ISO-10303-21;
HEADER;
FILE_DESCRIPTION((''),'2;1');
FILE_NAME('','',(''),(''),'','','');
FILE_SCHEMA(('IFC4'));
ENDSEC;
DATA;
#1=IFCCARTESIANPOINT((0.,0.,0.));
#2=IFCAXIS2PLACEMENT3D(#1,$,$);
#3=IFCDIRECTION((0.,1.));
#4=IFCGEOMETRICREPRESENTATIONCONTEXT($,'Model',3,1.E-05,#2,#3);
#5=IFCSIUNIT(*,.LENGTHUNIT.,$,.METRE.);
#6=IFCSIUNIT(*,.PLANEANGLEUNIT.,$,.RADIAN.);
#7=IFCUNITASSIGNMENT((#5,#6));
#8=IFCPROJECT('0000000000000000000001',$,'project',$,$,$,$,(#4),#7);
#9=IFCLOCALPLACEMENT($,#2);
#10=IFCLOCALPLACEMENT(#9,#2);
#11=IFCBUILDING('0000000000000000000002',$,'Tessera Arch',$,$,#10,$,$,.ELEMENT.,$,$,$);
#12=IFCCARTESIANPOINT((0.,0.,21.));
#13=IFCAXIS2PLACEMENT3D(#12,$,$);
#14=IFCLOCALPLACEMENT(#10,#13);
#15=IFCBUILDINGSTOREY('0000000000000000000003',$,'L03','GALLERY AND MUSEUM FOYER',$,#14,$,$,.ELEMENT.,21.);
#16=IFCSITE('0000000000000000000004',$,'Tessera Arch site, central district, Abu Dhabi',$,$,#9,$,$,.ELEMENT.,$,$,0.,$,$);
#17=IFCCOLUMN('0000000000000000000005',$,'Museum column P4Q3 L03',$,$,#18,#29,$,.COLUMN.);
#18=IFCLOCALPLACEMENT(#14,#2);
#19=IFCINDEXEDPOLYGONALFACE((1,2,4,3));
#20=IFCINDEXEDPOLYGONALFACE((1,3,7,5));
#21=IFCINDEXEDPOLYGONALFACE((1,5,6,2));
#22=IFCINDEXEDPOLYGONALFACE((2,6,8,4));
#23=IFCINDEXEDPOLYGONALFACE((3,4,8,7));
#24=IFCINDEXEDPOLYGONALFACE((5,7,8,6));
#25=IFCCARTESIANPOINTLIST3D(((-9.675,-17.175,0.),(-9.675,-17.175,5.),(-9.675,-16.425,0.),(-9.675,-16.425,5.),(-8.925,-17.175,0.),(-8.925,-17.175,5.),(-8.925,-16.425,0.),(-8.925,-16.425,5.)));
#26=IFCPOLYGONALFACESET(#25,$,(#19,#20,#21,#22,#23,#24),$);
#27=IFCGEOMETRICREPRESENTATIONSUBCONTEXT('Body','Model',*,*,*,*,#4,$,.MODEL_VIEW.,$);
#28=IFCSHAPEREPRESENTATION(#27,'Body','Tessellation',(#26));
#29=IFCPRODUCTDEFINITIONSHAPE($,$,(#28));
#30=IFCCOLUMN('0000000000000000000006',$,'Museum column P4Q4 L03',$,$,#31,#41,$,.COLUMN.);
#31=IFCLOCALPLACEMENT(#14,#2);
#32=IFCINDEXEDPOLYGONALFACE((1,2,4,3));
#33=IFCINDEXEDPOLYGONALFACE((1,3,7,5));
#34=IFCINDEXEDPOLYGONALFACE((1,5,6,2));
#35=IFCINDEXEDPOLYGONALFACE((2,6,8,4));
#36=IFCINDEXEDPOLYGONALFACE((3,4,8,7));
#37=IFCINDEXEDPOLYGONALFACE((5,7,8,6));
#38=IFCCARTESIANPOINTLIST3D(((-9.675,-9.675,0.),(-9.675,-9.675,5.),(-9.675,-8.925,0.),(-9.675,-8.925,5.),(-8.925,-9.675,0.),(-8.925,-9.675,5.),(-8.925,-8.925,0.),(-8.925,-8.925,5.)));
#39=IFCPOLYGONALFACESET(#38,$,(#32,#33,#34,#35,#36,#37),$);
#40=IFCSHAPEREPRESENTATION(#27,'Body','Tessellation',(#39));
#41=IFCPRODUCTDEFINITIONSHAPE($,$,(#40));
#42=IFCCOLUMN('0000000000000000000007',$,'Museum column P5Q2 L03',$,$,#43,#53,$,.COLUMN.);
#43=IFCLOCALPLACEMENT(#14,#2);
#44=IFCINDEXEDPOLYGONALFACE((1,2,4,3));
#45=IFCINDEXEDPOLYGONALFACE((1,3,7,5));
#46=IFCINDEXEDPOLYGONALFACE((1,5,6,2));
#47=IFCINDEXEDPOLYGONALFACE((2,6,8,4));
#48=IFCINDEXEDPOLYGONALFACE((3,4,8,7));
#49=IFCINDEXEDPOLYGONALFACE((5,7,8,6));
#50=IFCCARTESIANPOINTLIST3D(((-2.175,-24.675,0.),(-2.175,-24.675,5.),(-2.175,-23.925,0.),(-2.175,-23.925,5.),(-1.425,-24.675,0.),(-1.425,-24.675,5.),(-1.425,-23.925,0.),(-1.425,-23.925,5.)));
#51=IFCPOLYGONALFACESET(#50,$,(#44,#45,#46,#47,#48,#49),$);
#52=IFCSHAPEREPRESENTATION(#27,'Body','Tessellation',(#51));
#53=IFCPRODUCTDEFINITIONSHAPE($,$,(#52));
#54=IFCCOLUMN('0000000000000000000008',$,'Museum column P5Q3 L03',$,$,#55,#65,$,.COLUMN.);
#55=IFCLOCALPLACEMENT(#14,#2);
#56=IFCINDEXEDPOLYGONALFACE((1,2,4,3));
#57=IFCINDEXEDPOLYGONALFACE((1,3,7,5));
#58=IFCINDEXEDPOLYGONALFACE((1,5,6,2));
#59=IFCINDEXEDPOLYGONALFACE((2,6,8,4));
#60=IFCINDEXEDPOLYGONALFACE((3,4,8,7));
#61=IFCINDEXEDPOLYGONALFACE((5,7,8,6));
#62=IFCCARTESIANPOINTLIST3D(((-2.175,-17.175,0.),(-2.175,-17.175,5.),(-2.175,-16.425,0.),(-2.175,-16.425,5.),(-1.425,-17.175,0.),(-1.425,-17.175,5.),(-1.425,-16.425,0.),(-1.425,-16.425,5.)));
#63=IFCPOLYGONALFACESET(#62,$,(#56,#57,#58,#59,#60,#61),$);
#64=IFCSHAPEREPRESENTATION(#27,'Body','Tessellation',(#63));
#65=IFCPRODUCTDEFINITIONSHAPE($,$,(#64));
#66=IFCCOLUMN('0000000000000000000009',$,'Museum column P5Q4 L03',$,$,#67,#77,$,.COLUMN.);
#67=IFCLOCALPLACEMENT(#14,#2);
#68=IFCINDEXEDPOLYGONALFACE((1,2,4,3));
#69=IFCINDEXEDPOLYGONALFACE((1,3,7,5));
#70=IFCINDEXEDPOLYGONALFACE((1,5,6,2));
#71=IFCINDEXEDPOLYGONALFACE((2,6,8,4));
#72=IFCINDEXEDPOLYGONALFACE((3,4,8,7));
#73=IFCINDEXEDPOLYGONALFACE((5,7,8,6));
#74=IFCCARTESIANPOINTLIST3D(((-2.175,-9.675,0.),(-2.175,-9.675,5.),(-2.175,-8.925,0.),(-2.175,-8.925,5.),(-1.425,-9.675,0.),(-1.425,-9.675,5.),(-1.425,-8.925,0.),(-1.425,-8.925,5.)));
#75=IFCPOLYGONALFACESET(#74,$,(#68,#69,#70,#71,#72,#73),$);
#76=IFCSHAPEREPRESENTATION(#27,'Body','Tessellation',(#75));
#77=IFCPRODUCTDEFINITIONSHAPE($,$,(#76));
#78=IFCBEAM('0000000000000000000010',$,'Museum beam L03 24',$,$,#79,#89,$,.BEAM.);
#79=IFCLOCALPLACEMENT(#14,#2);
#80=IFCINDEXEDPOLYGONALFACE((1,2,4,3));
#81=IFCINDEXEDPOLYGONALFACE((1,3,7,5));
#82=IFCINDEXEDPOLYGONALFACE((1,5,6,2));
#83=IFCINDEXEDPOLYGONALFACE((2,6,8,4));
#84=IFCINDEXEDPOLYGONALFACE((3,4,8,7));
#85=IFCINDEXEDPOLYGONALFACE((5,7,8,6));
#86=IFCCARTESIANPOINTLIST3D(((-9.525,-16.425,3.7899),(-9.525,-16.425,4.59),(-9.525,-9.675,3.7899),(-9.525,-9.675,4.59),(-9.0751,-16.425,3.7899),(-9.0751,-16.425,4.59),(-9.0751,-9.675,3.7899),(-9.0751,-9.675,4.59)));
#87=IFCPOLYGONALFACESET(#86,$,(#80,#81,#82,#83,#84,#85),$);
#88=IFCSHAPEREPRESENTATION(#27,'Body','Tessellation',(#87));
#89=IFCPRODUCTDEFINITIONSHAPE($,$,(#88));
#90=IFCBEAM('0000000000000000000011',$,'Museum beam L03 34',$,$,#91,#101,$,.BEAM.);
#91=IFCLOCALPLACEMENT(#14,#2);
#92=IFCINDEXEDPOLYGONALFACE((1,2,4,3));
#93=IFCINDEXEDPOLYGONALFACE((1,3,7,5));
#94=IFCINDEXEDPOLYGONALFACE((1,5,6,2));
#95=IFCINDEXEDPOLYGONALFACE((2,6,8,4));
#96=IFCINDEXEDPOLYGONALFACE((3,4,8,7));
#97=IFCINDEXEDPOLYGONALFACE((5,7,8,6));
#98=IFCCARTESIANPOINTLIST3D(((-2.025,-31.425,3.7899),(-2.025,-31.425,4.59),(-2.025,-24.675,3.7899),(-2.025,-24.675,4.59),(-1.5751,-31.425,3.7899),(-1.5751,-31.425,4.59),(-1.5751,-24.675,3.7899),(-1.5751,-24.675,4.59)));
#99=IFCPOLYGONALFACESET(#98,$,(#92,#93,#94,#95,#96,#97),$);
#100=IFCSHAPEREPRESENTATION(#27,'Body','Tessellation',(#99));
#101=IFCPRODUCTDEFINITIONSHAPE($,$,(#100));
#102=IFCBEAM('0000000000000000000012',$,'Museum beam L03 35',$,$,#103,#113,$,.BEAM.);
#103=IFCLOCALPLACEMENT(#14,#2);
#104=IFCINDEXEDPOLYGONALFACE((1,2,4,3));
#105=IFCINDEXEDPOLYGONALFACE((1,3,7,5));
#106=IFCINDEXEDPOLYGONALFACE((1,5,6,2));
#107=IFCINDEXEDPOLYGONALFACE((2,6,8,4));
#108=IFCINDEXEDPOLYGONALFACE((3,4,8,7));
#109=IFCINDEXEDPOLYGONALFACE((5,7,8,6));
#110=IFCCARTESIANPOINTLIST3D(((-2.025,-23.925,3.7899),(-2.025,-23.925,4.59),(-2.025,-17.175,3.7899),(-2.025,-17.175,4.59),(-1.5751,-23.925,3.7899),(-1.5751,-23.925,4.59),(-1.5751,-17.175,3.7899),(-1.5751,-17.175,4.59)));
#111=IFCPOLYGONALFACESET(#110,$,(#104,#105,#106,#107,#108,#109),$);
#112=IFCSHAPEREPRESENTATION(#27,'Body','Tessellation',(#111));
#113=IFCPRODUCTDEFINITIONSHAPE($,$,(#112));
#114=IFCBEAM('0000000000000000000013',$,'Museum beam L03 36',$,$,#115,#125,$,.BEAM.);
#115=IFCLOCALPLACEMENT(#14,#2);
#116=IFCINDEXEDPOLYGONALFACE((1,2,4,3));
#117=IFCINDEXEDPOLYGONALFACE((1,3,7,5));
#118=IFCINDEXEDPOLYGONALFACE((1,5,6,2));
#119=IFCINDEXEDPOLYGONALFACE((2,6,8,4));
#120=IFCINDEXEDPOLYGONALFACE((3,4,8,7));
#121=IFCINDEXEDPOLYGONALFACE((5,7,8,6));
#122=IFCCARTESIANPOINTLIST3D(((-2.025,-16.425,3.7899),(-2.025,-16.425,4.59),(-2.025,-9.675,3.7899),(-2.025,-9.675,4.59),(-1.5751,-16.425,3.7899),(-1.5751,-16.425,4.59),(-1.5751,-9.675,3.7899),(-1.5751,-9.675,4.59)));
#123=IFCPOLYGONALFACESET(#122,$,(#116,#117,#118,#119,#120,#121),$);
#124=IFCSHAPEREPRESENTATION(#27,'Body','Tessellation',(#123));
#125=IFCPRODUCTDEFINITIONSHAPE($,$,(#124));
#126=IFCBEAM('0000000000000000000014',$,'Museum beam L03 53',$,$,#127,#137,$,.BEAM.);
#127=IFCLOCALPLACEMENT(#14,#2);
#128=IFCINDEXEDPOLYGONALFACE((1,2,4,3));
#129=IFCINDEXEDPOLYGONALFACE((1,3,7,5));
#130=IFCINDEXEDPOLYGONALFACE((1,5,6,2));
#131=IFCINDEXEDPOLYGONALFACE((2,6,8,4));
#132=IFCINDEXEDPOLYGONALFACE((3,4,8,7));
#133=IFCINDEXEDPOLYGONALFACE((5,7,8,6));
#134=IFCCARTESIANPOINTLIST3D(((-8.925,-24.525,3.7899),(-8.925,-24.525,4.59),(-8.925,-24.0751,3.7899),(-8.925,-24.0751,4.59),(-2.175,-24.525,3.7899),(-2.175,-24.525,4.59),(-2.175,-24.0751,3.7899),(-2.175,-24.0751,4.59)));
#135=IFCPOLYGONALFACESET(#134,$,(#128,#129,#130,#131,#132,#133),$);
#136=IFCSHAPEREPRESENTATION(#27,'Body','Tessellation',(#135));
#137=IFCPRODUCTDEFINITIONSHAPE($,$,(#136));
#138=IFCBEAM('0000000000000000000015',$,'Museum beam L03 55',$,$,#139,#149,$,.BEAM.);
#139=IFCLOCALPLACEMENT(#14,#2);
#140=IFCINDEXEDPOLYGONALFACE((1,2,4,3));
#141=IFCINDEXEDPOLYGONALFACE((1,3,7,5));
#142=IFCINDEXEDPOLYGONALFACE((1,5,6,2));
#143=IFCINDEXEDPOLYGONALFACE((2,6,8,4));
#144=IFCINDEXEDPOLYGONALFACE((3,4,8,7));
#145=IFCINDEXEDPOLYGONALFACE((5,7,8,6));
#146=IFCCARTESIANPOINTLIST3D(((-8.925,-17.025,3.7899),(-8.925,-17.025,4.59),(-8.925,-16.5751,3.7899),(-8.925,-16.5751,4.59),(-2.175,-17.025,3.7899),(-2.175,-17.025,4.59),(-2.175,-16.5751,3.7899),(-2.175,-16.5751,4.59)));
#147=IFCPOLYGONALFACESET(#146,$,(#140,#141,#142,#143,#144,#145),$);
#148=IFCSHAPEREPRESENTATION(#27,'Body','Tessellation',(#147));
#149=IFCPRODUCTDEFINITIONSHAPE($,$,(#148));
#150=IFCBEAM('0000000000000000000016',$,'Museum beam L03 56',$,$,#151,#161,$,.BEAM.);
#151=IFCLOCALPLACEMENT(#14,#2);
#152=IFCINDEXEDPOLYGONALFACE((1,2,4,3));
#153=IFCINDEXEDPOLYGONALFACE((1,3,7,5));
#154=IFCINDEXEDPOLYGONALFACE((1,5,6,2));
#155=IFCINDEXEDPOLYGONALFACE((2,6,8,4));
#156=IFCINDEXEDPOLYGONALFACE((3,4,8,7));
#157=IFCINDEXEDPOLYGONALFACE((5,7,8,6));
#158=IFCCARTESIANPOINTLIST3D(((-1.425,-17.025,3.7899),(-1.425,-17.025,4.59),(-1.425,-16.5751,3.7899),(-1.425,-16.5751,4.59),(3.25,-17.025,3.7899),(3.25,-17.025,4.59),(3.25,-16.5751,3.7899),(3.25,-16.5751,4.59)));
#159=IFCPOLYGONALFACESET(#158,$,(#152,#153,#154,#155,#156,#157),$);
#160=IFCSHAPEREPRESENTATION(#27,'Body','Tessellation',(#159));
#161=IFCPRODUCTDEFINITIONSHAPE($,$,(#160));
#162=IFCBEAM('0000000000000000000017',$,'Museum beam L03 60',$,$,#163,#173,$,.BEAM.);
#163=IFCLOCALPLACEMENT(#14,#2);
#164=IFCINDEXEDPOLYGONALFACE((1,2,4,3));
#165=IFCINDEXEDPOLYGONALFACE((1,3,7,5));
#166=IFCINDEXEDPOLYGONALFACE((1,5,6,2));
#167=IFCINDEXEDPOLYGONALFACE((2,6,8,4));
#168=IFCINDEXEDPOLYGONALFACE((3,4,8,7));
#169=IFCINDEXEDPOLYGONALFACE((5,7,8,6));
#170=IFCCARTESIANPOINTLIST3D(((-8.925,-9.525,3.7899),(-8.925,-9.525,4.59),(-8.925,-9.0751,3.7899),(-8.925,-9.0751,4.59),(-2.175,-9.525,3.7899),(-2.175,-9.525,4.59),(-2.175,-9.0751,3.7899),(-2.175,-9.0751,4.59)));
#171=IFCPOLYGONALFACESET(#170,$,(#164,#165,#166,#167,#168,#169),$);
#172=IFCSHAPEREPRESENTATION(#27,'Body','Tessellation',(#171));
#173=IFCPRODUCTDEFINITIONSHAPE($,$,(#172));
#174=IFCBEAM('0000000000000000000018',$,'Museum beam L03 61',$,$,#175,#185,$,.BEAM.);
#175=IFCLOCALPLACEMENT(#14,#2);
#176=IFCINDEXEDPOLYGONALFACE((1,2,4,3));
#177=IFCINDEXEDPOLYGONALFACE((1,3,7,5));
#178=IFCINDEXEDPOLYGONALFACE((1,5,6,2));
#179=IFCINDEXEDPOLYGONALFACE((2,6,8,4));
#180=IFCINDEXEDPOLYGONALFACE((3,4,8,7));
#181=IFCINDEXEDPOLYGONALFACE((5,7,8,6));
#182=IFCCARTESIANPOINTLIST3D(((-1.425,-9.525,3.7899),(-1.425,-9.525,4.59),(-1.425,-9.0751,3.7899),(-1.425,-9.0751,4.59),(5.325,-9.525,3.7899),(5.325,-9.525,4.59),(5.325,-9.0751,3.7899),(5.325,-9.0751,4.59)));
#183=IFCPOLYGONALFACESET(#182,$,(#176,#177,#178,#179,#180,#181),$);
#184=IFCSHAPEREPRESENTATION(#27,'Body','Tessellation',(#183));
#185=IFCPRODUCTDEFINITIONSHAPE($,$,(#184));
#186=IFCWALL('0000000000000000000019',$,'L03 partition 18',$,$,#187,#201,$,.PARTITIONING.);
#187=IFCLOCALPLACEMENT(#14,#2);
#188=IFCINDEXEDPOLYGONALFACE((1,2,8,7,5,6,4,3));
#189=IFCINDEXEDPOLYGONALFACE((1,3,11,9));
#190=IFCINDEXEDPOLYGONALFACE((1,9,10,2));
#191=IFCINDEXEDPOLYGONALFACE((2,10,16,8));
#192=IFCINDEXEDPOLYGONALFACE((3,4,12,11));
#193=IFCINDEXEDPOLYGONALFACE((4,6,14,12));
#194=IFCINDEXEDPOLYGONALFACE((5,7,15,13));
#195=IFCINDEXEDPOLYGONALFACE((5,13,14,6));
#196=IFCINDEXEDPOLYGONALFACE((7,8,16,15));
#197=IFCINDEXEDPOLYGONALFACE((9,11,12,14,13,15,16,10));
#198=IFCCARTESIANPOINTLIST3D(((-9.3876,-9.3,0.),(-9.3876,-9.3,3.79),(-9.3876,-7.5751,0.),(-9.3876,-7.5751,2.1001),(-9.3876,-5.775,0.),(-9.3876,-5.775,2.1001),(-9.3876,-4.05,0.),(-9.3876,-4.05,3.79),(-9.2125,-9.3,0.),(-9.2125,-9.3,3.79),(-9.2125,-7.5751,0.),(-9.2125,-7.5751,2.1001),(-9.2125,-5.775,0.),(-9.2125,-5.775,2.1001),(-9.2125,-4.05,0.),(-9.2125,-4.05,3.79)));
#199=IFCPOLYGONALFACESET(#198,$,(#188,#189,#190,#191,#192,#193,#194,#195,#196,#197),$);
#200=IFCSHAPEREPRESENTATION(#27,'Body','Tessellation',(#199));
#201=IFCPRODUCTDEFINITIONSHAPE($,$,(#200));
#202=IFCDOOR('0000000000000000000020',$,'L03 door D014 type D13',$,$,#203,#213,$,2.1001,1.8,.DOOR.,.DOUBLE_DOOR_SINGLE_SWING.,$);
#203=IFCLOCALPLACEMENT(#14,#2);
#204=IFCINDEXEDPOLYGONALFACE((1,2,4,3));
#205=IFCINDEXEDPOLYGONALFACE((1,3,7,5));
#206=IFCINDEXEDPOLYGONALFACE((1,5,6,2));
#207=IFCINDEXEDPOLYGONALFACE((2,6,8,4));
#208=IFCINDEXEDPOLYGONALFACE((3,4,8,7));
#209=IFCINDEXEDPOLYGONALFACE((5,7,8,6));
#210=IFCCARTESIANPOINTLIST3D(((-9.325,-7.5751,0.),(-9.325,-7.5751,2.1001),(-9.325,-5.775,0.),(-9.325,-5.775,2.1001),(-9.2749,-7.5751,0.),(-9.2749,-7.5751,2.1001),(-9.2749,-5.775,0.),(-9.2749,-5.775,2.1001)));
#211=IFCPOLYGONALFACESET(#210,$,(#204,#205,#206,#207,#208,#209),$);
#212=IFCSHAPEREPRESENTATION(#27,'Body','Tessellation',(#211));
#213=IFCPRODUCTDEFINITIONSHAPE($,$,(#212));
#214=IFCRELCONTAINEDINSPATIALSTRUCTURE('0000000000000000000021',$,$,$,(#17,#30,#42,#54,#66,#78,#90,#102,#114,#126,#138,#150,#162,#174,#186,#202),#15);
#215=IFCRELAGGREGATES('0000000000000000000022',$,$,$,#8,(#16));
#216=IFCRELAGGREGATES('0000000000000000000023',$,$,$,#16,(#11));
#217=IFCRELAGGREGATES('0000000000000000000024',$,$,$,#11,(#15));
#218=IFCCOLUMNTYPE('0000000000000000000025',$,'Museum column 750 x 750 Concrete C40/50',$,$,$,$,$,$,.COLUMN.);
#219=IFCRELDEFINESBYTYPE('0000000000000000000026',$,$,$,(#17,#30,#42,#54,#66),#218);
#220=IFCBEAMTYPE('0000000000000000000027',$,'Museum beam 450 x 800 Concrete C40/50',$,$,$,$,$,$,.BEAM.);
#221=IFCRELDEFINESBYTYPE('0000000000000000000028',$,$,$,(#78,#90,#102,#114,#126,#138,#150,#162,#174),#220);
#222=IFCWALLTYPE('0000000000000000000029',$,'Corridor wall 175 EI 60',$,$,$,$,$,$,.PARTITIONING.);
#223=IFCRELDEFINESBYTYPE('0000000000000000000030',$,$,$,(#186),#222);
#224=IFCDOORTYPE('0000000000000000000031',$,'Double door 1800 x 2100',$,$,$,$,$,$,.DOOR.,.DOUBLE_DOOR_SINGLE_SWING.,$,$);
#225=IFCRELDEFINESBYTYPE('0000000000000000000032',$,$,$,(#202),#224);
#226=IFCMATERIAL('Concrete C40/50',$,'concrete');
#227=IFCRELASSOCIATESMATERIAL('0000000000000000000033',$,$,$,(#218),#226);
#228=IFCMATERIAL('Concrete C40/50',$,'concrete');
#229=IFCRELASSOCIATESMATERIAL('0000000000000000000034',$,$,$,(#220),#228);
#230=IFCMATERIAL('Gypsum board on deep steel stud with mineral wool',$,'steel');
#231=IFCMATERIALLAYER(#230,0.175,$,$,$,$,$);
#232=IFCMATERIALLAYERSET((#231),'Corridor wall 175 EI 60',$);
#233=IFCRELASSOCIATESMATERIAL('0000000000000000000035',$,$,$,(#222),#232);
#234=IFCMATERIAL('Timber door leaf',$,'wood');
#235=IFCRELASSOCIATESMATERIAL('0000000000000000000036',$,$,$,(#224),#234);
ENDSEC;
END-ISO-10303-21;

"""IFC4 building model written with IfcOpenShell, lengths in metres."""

from ifc_helpers import new_model, si_unit, direction, frame, frame_2d, origin, origin_2d, place, context, subcontext, project, spatial, rectangle, extrude, material, layer, layer_set, material_profile, profile_set, type_object, element, fill, save


model = new_model("IFC4")

# Units and contexts
model_context = context("Model", 3, precision=1e-05, world=origin(), true_north=direction((0.0, 1.0)))
body_context = subcontext(model_context, "Body", "Model", "MODEL_VIEW")
ifc_project = project(units=[si_unit("LENGTHUNIT", "METRE"), si_unit("PLANEANGLEUNIT", "RADIAN")], contexts=[model_context])

# Site, building, storey
site_placement = place(None, origin())
site = spatial("IfcSite", under=ifc_project, at=site_placement, Name="Tessera Arch site, central district, Abu Dhabi", CompositionType="ELEMENT", RefElevation=0.0)
building_placement = place(site_placement, origin())
building = spatial("IfcBuilding", under=site, at=building_placement, Name="Tessera Arch", CompositionType="ELEMENT")
storey_placement = place(building_placement, frame((0.0, 0.0, 21.0)))
storey = spatial("IfcBuildingStorey", under=building, at=storey_placement, Name="L03", Description="GALLERY AND MUSEUM FOYER", CompositionType="ELEMENT", Elevation=21.0)

# Columns
ifc_material_1 = material(Name="Concrete C40/50", Category="concrete")
ifc_material_profile_1 = material_profile(ifc_material_1, rectangle(XDim=0.75, YDim=0.75, at=origin_2d()), Name="Museum column 750 x 750 Concrete C40/50")
ifc_profile_set_1 = profile_set([ifc_material_profile_1], Name="Concrete C40/50")
column_type = type_object("IfcColumnType", Name="Museum column 750 x 750 Concrete C40/50", PredefinedType="COLUMN", material=ifc_profile_set_1)
for number, where, z_axis, x_axis, name in (
    (1, (-9.3, -16.8, 0.0), (0.0, 0.0, 1.0), (1.0, 0.0, 0.0), "Museum column P4Q3 L03"),
    (2, (-9.3, -9.3, 0.0), (0.0, 0.0, 1.0), (1.0, 0.0, 0.0), "Museum column P4Q4 L03"),
    (3, (-1.8, -24.3, 0.0), (0.0, 0.0, 1.0), (1.0, 0.0, 0.0), "Museum column P5Q2 L03"),
    (4, (-1.8, -16.8, 0.0), (0.0, 0.0, 1.0), (1.0, 0.0, 0.0), "Museum column P5Q3 L03"),
    (5, (-1.8, -9.3, 0.0), (0.0, 0.0, 1.0), (1.0, 0.0, 0.0), "Museum column P5Q4 L03"),
):
    element("IfcColumn", number, at=place(storey_placement, frame(where, z_axis=z_axis, x_axis=x_axis)), inside=storey, type_object=column_type, Name=name, PredefinedType="COLUMN", context=body_context, shape_type="SweptSolid", body=[
        extrude(rectangle(XDim=0.75, YDim=0.75, at=origin_2d()), origin(), (0.0, 0.0, 1.0), 5.0),
    ])

# Beams
ifc_material_2 = material(Name="Concrete C40/50", Category="concrete")
ifc_material_profile_2 = material_profile(ifc_material_2, rectangle(XDim=0.45, YDim=0.8, at=origin_2d()), Name="Museum beam 450 x 800 Concrete C40/50")
ifc_profile_set_2 = profile_set([ifc_material_profile_2], Name="Concrete C40/50")
beam_type = type_object("IfcBeamType", Name="Museum beam 450 x 800 Concrete C40/50", PredefinedType="BEAM", material=ifc_profile_set_2)
for number, where, z_axis, x_axis, name in (
    (6, (-9.3, -16.425, 4.1899), (0.0, 1.0, 0.0), (-1.0, 0.0, 0.0), "Museum beam L03 24"),
    (7, (-1.8, -31.425, 4.1899), (0.0, 1.0, 0.0), (-1.0, 0.0, 0.0), "Museum beam L03 34"),
    (8, (-1.8, -23.925, 4.1899), (0.0, 1.0, 0.0), (-1.0, 0.0, 0.0), "Museum beam L03 35"),
    (9, (-1.8, -16.425, 4.1899), (0.0, 1.0, 0.0), (-1.0, 0.0, 0.0), "Museum beam L03 36"),
    (10, (-8.925, -24.3, 4.1899), (1.0, 0.0, 0.0), (0.0, 1.0, 0.0), "Museum beam L03 53"),
    (11, (-8.925, -16.8, 4.1899), (1.0, 0.0, 0.0), (0.0, 1.0, 0.0), "Museum beam L03 55"),
):
    element("IfcBeam", number, at=place(storey_placement, frame(where, z_axis=z_axis, x_axis=x_axis)), inside=storey, type_object=beam_type, Name=name, PredefinedType="BEAM", context=body_context, shape_type="SweptSolid", body=[
        extrude(rectangle(XDim=0.45, YDim=0.8, at=origin_2d()), origin(), (0.0, 0.0, 1.0), 6.75),
    ])
beam_placement = place(storey_placement, frame((-1.425, -16.8, 4.1899), z_axis=(1.0, 0.0, 0.0), x_axis=(0.0, 1.0, 0.0)))
element("IfcBeam", 12, at=beam_placement, inside=storey, type_object=beam_type, Name="Museum beam L03 56", PredefinedType="BEAM", context=body_context, shape_type="SweptSolid", body=[
    extrude(rectangle(XDim=0.45, YDim=0.8, at=origin_2d()), origin(), (0.0, 0.0, 1.0), 4.675),
])
for number, where, z_axis, x_axis, name in (
    (13, (-8.925, -9.3, 4.1899), (1.0, 0.0, 0.0), (0.0, 1.0, 0.0), "Museum beam L03 60"),
    (14, (-1.425, -9.3, 4.1899), (1.0, 0.0, 0.0), (0.0, 1.0, 0.0), "Museum beam L03 61"),
):
    element("IfcBeam", number, at=place(storey_placement, frame(where, z_axis=z_axis, x_axis=x_axis)), inside=storey, type_object=beam_type, Name=name, PredefinedType="BEAM", context=body_context, shape_type="SweptSolid", body=[
        extrude(rectangle(XDim=0.45, YDim=0.8, at=origin_2d()), origin(), (0.0, 0.0, 1.0), 6.75),
    ])

# Wall, opening, door
ifc_material_3 = material(Name="Gypsum board on deep steel stud with mineral wool", Category="steel")
ifc_layer_1 = layer(ifc_material_3, 0.175)
ifc_layer_set_1 = layer_set([ifc_layer_1], Name="Corridor wall 175 EI 60")
wall_type_1 = type_object("IfcWallType", Name="Corridor wall 175 EI 60", PredefinedType="PARTITIONING", material=ifc_layer_set_1)
wall_1_placement = place(storey_placement, frame((-9.3, -9.3, 0.0), z_axis=(0.0, 0.0, 1.0), x_axis=(0.0, 1.0, 0.0)))
wall_1 = element("IfcWall", 15, at=wall_1_placement, inside=storey, type_object=wall_type_1, Name="L03 partition 18", PredefinedType="PARTITIONING", context=body_context, shape_type="SweptSolid", body=[
    extrude(rectangle(XDim=5.25, YDim=0.175, at=frame_2d((2.625, 0.0))), origin(), (0.0, 0.0, 1.0), 3.79),
])
opening_1_placement = place(wall_1_placement, frame((1.7251, 0.0, 0.0)))
opening_1 = element("IfcOpeningElement", 16, at=opening_1_placement, cuts=wall_1, PredefinedType="OPENING", context=body_context, shape_type="SweptSolid", body=[
    extrude(rectangle(XDim=1.8, YDim=2.1001, at=frame_2d((0.8999, 1.05))), frame((0.0, 0.0974, 0.0), z_axis=(0.0, -1.0, 0.0), x_axis=(1.0, 0.0, 0.0)), (0.0, 0.0, 1.0), 0.1951),
])
ifc_material_4 = material(Name="Timber door leaf", Category="wood")
door_type_1 = type_object("IfcDoorType", Name="Double door 1800 x 2100", OperationType="DOUBLE_DOOR_SINGLE_SWING", PredefinedType="DOOR", material=ifc_material_4)
door_1_placement = place(opening_1_placement, origin())
door_1 = element("IfcDoor", 17, at=door_1_placement, inside=storey, type_object=door_type_1, Name="L03 door D014 type D13", OperationType="DOUBLE_DOOR_SINGLE_SWING", OverallHeight=2.1001, OverallWidth=1.8, PredefinedType="DOOR", context=body_context, shape_type="SweptSolid", body=[
    extrude(rectangle(XDim=1.8, YDim=2.1001, at=frame_2d((0.8999, 1.05))), frame((0.0, 0.0249, 0.0), z_axis=(0.0, -1.0, 0.0), x_axis=(1.0, 0.0, 0.0)), (0.0, 0.0, 1.0), 0.05),
])
fill(opening_1, door_1)

save(model, "model.ifc")
